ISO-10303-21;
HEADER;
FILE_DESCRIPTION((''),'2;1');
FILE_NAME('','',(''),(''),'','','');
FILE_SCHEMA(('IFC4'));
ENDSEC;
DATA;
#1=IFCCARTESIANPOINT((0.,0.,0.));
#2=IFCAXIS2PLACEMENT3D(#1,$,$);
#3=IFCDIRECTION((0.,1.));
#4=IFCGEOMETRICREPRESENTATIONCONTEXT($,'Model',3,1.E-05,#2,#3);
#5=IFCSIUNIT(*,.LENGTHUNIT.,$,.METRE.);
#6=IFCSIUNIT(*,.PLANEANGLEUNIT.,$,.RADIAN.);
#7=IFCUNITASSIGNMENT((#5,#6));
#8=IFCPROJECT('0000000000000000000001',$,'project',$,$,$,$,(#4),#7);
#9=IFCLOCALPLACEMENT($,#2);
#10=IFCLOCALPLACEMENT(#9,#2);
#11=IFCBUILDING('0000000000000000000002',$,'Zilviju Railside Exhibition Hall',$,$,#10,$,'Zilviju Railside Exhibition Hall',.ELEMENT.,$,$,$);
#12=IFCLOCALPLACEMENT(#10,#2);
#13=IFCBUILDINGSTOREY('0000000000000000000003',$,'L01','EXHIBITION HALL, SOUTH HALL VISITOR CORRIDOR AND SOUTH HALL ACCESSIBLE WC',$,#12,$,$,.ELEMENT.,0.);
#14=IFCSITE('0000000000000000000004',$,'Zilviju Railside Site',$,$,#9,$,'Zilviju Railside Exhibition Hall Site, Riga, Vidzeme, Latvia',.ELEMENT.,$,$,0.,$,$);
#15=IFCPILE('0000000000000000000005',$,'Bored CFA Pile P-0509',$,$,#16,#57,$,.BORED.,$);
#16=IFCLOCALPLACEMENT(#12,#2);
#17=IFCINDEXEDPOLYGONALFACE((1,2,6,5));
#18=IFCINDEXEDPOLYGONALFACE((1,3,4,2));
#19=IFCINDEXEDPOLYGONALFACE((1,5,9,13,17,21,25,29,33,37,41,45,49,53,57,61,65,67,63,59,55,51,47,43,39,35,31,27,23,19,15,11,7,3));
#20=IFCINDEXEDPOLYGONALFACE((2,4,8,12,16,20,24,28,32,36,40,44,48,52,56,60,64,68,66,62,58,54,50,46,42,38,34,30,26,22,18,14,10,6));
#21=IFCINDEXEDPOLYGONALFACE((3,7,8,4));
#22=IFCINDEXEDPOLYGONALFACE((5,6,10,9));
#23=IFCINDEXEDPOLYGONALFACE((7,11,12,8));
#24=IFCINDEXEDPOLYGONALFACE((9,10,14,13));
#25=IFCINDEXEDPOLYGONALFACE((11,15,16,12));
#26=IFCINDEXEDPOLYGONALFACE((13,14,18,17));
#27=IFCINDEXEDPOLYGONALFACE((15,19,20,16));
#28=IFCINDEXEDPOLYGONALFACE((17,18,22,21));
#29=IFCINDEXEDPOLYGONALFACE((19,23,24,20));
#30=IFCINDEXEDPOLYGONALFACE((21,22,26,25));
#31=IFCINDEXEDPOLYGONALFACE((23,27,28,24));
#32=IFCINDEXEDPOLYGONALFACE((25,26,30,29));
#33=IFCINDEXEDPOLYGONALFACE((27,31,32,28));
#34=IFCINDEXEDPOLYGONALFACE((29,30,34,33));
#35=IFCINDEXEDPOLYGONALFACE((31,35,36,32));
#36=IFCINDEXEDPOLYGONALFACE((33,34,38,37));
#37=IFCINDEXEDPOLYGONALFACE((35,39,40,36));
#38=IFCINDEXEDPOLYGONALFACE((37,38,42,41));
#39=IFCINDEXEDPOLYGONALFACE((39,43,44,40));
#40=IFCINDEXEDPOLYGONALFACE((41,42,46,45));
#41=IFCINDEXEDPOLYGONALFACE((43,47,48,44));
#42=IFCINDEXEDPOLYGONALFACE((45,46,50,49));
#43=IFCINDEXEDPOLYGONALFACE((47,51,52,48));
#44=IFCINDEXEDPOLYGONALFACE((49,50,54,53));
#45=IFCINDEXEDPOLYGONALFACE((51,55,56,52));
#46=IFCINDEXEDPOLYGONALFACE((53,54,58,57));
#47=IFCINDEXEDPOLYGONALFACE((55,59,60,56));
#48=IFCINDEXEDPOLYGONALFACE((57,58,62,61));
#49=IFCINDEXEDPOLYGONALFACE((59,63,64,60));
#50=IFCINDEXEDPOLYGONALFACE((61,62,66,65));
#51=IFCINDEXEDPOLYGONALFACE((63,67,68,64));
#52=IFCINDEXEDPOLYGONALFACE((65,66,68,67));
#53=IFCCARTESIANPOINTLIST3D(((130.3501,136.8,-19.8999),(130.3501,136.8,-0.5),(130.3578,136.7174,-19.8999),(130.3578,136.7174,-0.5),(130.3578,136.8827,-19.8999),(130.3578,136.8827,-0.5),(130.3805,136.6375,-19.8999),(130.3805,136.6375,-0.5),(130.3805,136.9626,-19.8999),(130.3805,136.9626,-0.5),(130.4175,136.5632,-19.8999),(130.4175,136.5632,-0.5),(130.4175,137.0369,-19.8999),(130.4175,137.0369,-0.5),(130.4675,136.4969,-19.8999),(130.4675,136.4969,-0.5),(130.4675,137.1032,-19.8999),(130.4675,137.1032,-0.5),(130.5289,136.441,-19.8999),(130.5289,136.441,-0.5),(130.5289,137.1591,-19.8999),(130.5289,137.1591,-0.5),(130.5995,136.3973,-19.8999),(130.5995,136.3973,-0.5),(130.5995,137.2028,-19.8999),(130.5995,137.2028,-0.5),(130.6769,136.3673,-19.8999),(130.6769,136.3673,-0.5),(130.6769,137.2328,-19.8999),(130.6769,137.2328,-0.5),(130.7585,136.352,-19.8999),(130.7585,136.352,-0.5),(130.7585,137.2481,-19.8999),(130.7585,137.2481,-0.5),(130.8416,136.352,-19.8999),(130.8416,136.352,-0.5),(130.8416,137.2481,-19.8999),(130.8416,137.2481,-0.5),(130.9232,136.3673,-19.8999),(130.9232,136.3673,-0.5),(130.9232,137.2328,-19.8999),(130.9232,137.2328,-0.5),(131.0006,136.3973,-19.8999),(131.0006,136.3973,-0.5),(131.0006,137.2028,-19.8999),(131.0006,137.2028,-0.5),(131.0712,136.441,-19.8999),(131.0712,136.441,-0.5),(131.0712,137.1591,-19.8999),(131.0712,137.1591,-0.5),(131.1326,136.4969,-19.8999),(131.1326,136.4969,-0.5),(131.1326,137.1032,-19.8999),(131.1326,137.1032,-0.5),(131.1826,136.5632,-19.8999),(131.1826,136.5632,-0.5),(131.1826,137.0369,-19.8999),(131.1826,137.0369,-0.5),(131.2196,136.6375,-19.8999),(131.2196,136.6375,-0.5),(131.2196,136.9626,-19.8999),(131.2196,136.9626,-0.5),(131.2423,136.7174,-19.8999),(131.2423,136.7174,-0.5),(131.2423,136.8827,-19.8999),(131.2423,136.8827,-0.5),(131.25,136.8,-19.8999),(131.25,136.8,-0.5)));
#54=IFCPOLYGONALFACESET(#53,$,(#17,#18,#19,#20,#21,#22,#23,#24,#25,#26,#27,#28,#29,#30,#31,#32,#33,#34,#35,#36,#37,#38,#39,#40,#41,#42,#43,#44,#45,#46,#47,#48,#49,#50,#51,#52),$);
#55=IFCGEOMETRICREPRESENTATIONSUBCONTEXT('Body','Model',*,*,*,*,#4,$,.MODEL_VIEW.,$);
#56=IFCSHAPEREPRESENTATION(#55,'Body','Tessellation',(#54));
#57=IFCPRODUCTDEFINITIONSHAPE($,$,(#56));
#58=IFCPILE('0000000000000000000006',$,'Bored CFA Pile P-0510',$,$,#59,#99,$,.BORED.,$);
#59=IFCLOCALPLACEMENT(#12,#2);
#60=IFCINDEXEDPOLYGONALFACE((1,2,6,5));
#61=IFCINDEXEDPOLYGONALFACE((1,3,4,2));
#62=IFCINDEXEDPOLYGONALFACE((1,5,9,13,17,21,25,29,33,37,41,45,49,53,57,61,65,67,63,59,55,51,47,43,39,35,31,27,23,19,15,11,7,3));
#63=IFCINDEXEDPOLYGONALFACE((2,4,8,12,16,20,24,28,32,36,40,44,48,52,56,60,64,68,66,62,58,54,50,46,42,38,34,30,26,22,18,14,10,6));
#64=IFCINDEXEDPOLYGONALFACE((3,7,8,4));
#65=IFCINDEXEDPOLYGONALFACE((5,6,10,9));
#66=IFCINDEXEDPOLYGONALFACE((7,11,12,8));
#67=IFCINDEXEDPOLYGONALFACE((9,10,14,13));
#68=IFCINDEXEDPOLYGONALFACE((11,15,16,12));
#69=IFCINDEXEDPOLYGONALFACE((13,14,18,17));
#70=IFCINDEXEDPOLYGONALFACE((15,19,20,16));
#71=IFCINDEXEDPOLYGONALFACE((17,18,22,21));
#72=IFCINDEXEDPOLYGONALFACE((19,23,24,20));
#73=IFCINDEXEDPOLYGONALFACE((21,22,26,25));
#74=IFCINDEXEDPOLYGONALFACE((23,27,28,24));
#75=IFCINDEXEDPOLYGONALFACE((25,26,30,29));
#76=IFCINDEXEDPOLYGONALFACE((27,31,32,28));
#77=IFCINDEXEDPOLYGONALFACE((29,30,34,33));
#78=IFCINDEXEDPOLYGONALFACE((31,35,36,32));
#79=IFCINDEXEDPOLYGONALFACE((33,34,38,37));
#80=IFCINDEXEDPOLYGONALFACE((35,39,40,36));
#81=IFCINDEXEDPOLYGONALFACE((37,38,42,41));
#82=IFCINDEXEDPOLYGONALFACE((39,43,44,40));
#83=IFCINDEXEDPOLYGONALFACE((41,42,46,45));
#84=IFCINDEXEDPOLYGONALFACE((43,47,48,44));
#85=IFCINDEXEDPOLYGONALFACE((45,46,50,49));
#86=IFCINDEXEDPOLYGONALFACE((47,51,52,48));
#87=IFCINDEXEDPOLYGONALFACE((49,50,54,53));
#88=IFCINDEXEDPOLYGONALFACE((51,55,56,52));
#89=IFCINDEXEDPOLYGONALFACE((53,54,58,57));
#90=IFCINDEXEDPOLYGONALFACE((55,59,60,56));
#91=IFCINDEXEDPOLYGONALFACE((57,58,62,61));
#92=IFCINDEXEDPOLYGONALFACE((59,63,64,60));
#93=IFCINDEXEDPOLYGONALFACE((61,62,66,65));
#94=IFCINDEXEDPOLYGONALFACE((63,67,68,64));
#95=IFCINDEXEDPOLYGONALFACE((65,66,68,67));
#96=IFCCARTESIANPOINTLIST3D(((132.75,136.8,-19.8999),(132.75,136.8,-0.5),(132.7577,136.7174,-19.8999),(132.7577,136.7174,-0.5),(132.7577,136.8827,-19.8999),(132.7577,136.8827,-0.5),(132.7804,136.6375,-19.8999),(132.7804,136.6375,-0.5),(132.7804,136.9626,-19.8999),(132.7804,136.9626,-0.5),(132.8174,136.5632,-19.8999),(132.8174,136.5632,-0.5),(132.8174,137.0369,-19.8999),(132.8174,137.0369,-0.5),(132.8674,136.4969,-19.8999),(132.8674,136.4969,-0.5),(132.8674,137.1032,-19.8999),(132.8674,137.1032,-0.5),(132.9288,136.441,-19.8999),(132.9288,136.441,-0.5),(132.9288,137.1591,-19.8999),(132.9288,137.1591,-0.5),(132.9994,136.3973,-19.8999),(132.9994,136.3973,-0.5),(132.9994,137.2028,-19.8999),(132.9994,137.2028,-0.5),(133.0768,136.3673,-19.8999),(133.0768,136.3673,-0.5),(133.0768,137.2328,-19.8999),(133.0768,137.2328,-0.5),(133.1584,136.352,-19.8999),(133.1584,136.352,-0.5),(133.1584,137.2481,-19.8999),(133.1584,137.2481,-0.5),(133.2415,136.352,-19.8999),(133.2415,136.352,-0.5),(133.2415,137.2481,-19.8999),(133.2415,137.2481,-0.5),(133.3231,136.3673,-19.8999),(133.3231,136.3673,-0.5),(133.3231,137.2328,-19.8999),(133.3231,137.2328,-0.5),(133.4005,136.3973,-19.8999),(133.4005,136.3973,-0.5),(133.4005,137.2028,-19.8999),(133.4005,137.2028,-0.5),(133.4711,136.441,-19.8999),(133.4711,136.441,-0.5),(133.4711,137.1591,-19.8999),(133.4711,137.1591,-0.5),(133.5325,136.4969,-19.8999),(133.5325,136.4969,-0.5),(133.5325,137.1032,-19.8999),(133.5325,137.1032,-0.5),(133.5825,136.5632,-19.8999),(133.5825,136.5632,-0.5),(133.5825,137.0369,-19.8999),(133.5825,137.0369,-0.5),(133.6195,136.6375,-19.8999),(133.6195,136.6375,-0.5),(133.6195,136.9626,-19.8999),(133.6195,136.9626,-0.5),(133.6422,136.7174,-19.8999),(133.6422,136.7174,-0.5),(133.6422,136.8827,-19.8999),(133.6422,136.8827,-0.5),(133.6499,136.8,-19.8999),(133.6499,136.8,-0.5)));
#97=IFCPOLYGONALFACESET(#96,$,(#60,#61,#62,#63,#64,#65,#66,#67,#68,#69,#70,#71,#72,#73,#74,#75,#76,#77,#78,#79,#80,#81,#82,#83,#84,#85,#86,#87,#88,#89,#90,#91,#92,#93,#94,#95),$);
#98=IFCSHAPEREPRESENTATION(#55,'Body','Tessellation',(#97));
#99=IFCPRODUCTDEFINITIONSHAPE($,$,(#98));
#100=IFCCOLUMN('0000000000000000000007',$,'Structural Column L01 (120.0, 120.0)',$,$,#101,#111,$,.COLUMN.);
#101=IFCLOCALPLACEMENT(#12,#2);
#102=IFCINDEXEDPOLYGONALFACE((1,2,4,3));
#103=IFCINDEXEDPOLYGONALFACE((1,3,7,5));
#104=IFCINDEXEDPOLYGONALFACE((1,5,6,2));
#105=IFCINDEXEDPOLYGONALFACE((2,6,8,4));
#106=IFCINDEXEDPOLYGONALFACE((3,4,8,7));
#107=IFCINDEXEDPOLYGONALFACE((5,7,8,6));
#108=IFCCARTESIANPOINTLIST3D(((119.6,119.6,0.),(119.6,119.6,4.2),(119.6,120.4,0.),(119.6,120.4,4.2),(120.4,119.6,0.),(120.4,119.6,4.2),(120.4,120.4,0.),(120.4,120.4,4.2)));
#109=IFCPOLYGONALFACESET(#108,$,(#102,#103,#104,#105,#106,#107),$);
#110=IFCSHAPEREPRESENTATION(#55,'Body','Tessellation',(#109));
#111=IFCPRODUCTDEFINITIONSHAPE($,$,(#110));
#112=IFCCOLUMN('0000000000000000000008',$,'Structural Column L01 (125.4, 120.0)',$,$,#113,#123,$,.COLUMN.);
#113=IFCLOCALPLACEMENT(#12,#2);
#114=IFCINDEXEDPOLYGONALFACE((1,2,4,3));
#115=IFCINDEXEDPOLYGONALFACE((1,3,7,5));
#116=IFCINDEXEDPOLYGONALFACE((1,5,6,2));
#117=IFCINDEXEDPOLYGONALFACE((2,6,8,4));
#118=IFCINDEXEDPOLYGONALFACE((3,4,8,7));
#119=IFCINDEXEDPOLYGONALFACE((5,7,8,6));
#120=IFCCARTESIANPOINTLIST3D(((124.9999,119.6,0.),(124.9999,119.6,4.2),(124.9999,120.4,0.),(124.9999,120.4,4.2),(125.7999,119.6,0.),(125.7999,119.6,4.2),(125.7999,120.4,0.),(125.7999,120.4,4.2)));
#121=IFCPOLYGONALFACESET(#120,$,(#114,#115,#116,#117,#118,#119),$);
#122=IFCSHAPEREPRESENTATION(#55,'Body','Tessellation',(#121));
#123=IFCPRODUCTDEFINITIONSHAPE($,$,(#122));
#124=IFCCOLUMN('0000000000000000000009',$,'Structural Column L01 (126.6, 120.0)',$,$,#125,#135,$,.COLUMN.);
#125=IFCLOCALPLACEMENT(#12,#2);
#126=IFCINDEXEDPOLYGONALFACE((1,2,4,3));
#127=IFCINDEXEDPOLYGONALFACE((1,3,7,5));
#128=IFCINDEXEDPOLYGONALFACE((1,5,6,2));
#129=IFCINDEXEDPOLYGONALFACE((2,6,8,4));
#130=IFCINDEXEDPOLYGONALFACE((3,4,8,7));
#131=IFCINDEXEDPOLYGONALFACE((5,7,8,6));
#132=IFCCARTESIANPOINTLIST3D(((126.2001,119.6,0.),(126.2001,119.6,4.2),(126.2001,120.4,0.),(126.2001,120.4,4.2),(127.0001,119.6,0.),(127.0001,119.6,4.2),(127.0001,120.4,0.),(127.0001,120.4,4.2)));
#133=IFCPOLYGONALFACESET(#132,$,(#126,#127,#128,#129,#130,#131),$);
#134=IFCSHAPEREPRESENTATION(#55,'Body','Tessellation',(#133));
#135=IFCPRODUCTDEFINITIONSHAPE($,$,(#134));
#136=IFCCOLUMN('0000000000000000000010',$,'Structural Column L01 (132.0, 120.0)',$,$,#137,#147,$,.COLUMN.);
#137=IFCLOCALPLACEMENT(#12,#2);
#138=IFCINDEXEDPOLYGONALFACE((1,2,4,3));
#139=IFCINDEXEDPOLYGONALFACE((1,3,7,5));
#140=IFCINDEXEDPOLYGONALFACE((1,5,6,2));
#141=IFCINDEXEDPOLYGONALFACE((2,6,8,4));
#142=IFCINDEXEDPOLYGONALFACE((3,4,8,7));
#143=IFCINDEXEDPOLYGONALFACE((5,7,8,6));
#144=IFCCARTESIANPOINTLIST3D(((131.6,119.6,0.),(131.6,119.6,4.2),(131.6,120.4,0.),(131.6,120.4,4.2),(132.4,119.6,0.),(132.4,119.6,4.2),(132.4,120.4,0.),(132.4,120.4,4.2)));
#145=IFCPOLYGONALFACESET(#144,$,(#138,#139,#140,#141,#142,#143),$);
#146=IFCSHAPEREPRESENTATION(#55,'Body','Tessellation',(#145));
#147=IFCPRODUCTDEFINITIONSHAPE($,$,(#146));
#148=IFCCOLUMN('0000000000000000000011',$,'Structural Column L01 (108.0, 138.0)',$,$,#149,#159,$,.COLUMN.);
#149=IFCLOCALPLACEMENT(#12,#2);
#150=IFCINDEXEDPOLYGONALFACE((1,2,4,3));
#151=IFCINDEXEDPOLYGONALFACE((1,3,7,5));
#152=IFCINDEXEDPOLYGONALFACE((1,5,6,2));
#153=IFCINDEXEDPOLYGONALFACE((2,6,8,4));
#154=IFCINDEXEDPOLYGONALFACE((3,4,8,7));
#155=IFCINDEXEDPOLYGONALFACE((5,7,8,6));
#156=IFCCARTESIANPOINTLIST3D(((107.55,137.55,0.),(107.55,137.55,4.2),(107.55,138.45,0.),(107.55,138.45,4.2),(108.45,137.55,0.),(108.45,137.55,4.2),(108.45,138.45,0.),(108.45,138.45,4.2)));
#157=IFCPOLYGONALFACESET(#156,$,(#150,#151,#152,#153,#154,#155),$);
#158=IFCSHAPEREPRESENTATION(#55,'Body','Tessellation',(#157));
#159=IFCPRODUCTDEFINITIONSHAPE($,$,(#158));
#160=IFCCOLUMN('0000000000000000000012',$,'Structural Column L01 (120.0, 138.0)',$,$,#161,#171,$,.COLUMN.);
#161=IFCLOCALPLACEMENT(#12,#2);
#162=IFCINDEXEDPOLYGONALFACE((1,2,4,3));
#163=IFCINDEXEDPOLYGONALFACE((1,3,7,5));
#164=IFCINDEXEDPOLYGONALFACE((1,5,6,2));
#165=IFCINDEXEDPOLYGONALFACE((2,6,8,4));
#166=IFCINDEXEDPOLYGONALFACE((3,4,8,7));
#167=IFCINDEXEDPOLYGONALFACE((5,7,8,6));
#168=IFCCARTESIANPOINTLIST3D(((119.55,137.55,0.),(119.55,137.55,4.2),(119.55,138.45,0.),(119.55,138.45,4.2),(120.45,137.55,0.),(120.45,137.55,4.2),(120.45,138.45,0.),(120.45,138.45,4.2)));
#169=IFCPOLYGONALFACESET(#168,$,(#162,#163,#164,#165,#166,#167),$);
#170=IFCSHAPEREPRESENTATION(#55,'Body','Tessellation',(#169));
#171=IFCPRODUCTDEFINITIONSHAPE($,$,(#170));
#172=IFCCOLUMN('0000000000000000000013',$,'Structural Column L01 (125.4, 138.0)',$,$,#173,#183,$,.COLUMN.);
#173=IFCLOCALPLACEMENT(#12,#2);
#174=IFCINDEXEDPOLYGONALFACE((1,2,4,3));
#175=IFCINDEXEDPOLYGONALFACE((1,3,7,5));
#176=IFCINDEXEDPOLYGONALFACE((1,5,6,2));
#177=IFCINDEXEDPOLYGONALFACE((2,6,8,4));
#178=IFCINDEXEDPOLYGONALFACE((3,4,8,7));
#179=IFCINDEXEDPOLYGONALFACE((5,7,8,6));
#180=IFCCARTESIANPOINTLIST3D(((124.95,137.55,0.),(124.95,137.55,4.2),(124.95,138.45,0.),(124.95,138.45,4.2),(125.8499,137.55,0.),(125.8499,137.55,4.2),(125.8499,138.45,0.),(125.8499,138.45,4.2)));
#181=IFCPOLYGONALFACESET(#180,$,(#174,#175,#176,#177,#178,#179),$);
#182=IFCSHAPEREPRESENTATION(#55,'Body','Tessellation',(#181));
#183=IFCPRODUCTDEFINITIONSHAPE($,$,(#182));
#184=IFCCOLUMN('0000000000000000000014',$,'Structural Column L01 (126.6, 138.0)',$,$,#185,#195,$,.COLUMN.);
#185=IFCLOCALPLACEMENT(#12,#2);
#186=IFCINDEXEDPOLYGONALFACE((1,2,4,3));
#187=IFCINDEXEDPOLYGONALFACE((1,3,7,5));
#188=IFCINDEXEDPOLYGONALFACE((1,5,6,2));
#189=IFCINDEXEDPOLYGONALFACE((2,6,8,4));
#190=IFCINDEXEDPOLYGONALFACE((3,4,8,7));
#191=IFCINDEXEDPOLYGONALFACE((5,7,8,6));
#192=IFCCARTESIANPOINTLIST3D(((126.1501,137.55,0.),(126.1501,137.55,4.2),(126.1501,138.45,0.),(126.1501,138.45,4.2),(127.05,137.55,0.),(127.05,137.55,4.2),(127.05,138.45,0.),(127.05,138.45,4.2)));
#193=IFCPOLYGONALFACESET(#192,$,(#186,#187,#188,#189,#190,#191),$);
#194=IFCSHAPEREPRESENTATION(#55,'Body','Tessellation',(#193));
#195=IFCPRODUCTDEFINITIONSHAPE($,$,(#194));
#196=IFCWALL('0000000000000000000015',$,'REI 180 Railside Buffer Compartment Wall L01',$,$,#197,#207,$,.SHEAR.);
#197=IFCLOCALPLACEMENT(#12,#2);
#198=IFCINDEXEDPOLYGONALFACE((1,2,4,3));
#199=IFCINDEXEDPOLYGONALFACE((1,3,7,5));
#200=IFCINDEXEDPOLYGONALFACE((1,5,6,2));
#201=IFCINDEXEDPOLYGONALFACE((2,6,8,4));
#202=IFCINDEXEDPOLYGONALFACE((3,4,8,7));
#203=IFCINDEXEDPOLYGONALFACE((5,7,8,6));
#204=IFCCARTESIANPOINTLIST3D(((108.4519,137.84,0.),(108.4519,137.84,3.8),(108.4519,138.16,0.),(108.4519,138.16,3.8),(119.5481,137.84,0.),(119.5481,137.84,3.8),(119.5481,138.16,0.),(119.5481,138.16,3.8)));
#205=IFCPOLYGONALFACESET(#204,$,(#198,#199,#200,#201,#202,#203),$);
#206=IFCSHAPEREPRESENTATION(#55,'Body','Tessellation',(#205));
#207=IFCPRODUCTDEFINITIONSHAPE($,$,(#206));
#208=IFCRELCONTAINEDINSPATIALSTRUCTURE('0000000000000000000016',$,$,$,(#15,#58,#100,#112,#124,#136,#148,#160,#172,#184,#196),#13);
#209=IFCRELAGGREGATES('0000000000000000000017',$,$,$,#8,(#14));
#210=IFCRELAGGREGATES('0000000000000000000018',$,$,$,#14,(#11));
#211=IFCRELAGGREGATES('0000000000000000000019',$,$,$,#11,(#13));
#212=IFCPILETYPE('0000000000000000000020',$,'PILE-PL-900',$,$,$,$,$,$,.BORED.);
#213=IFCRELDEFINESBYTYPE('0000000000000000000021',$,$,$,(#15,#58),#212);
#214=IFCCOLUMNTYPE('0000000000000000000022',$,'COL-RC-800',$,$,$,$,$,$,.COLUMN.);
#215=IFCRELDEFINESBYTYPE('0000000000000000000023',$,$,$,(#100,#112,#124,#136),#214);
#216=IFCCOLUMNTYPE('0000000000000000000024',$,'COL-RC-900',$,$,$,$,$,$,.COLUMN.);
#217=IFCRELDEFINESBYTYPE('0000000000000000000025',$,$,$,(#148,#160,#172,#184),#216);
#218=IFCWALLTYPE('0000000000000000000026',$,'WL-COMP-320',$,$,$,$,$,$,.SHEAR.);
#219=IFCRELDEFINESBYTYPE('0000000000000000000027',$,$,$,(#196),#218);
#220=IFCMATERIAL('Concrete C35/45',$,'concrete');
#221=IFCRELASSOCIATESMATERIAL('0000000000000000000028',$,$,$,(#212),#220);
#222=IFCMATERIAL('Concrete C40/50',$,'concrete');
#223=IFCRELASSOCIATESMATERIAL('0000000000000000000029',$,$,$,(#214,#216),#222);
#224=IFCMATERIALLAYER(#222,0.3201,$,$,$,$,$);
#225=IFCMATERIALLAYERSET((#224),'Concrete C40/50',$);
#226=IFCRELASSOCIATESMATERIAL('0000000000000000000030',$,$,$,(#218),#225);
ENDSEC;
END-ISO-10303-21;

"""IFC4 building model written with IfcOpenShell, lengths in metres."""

from ifc_helpers import new_model, si_unit, direction, frame, frame_2d, origin, origin_2d, place, context, subcontext, project, spatial, rectangle, circle, extrude, material, layer, layer_set, material_profile, profile_set, type_object, element, save


model = new_model("IFC4")

# Units and contexts
model_context = context("Model", 3, precision=1e-05, world=origin(), true_north=direction((0.0, 1.0)))
body_context = subcontext(model_context, "Body", "Model", "MODEL_VIEW")
ifc_project = project(units=[si_unit("LENGTHUNIT", "METRE"), si_unit("PLANEANGLEUNIT", "RADIAN")], contexts=[model_context])

# Site, building, storey
site_placement = place(None, origin())
site = spatial("IfcSite", under=ifc_project, at=site_placement, Name="Zilviju Railside Site", LongName="Zilviju Railside Exhibition Hall Site, Riga, Vidzeme, Latvia", CompositionType="ELEMENT", RefElevation=0.0)
building_placement = place(site_placement, origin())
building = spatial("IfcBuilding", under=site, at=building_placement, Name="Zilviju Railside Exhibition Hall", LongName="Zilviju Railside Exhibition Hall", CompositionType="ELEMENT")
storey_placement = place(building_placement, origin())
storey = spatial("IfcBuildingStorey", under=building, at=storey_placement, Name="L01", Description="EXHIBITION HALL, SOUTH HALL VISITOR CORRIDOR AND SOUTH HALL ACCESSIBLE WC", CompositionType="ELEMENT", Elevation=0.0)

# Shared definitions
ifc_material_1 = material(Name="Concrete C35/45", Category="concrete")

# Piles
ifc_material_profile_1 = material_profile(ifc_material_1, circle(Radius=0.45, at=origin_2d()), Name="CFA PILE D900")
ifc_profile_set_1 = profile_set([ifc_material_profile_1], Name="Concrete C35/45")
pile_type_1 = type_object("IfcPileType", Name="PILE-PL-900", PredefinedType="BORED", material=ifc_profile_set_1)
for number, where, z_axis, x_axis, name in (
    (1, (130.8, 136.8, -0.5), (0.0, 0.0, -1.0), (1.0, 0.0, 0.0), "Bored CFA Pile P-0509"),
    (2, (133.2, 136.8, -0.5), (0.0, 0.0, -1.0), (1.0, 0.0, 0.0), "Bored CFA Pile P-0510"),
):
    element("IfcPile", number, at=place(storey_placement, frame(where, z_axis=z_axis, x_axis=x_axis)), inside=storey, type_object=pile_type_1, Name=name, PredefinedType="BORED", context=body_context, shape_type="SweptSolid", body=[
        extrude(circle(Radius=0.45, at=origin_2d()), origin(), (0.0, 0.0, 1.0), 19.3999),
    ])

# Columns
ifc_material_2 = material(Name="Concrete C40/50", Category="concrete")
ifc_material_profile_2 = material_profile(ifc_material_2, rectangle(XDim=0.8, YDim=0.8, at=origin_2d()), Name="RC COL 800x800")
ifc_profile_set_2 = profile_set([ifc_material_profile_2], Name="Concrete C40/50")
column_type_1 = type_object("IfcColumnType", Name="COL-RC-800", PredefinedType="COLUMN", material=ifc_profile_set_2)
for number, where, z_axis, x_axis, name in (
    (3, (120.0, 120.0, 0.0), (0.0, 0.0, 1.0), (1.0, 0.0, 0.0), "Structural Column L01 (120.0, 120.0)"),
    (4, (125.3999, 120.0, 0.0), (0.0, 0.0, 1.0), (1.0, 0.0, 0.0), "Structural Column L01 (125.4, 120.0)"),
    (5, (126.6001, 120.0, 0.0), (0.0, 0.0, 1.0), (1.0, 0.0, 0.0), "Structural Column L01 (126.6, 120.0)"),
    (6, (132.0, 120.0, 0.0), (0.0, 0.0, 1.0), (1.0, 0.0, 0.0), "Structural Column L01 (132.0, 120.0)"),
):
    element("IfcColumn", number, at=place(storey_placement, frame(where, z_axis=z_axis, x_axis=x_axis)), inside=storey, type_object=column_type_1, Name=name, PredefinedType="COLUMN", context=body_context, shape_type="SweptSolid", body=[
        extrude(rectangle(XDim=0.8, YDim=0.8, at=origin_2d()), origin(), (0.0, 0.0, 1.0), 4.2),
    ])
ifc_material_profile_3 = material_profile(ifc_material_2, rectangle(XDim=0.8999, YDim=0.8999, at=origin_2d()), Name="RC COL 900x900")
ifc_profile_set_3 = profile_set([ifc_material_profile_3], Name="Concrete C40/50")
column_type_2 = type_object("IfcColumnType", Name="COL-RC-900", PredefinedType="COLUMN", material=ifc_profile_set_3)
for number, where, z_axis, x_axis, name in (
    (7, (108.0, 138.0, 0.0), (0.0, 0.0, 1.0), (1.0, 0.0, 0.0), "Structural Column L01 (108.0, 138.0)"),
    (8, (120.0, 138.0, 0.0), (0.0, 0.0, 1.0), (1.0, 0.0, 0.0), "Structural Column L01 (120.0, 138.0)"),
    (9, (125.3999, 138.0, 0.0), (0.0, 0.0, 1.0), (1.0, 0.0, 0.0), "Structural Column L01 (125.4, 138.0)"),
    (10, (126.6001, 138.0, 0.0), (0.0, 0.0, 1.0), (1.0, 0.0, 0.0), "Structural Column L01 (126.6, 138.0)"),
):
    element("IfcColumn", number, at=place(storey_placement, frame(where, z_axis=z_axis, x_axis=x_axis)), inside=storey, type_object=column_type_2, Name=name, PredefinedType="COLUMN", context=body_context, shape_type="SweptSolid", body=[
        extrude(rectangle(XDim=0.8999, YDim=0.8999, at=origin_2d()), origin(), (0.0, 0.0, 1.0), 4.2),
    ])

# Wall
ifc_layer = layer(ifc_material_2, 0.3201)
ifc_layer_set = layer_set([ifc_layer], Name="Concrete C40/50")
wall_type = type_object("IfcWallType", Name="WL-COMP-320", PredefinedType="SHEAR", material=ifc_layer_set)
wall_placement = place(storey_placement, frame((108.4519, 138.0, 0.0), z_axis=(0.0, 0.0, 1.0), x_axis=(1.0, 0.0, 0.0)))
element("IfcWall", 11, at=wall_placement, inside=storey, type_object=wall_type, Name="REI 180 Railside Buffer Compartment Wall L01", PredefinedType="SHEAR", context=body_context, shape_type="SweptSolid", body=[
    extrude(rectangle(XDim=11.0962, YDim=0.3201, at=frame_2d((5.5481, 0.0))), origin(), (0.0, 0.0, 1.0), 3.8),
])

save(model, "model.ifc")
